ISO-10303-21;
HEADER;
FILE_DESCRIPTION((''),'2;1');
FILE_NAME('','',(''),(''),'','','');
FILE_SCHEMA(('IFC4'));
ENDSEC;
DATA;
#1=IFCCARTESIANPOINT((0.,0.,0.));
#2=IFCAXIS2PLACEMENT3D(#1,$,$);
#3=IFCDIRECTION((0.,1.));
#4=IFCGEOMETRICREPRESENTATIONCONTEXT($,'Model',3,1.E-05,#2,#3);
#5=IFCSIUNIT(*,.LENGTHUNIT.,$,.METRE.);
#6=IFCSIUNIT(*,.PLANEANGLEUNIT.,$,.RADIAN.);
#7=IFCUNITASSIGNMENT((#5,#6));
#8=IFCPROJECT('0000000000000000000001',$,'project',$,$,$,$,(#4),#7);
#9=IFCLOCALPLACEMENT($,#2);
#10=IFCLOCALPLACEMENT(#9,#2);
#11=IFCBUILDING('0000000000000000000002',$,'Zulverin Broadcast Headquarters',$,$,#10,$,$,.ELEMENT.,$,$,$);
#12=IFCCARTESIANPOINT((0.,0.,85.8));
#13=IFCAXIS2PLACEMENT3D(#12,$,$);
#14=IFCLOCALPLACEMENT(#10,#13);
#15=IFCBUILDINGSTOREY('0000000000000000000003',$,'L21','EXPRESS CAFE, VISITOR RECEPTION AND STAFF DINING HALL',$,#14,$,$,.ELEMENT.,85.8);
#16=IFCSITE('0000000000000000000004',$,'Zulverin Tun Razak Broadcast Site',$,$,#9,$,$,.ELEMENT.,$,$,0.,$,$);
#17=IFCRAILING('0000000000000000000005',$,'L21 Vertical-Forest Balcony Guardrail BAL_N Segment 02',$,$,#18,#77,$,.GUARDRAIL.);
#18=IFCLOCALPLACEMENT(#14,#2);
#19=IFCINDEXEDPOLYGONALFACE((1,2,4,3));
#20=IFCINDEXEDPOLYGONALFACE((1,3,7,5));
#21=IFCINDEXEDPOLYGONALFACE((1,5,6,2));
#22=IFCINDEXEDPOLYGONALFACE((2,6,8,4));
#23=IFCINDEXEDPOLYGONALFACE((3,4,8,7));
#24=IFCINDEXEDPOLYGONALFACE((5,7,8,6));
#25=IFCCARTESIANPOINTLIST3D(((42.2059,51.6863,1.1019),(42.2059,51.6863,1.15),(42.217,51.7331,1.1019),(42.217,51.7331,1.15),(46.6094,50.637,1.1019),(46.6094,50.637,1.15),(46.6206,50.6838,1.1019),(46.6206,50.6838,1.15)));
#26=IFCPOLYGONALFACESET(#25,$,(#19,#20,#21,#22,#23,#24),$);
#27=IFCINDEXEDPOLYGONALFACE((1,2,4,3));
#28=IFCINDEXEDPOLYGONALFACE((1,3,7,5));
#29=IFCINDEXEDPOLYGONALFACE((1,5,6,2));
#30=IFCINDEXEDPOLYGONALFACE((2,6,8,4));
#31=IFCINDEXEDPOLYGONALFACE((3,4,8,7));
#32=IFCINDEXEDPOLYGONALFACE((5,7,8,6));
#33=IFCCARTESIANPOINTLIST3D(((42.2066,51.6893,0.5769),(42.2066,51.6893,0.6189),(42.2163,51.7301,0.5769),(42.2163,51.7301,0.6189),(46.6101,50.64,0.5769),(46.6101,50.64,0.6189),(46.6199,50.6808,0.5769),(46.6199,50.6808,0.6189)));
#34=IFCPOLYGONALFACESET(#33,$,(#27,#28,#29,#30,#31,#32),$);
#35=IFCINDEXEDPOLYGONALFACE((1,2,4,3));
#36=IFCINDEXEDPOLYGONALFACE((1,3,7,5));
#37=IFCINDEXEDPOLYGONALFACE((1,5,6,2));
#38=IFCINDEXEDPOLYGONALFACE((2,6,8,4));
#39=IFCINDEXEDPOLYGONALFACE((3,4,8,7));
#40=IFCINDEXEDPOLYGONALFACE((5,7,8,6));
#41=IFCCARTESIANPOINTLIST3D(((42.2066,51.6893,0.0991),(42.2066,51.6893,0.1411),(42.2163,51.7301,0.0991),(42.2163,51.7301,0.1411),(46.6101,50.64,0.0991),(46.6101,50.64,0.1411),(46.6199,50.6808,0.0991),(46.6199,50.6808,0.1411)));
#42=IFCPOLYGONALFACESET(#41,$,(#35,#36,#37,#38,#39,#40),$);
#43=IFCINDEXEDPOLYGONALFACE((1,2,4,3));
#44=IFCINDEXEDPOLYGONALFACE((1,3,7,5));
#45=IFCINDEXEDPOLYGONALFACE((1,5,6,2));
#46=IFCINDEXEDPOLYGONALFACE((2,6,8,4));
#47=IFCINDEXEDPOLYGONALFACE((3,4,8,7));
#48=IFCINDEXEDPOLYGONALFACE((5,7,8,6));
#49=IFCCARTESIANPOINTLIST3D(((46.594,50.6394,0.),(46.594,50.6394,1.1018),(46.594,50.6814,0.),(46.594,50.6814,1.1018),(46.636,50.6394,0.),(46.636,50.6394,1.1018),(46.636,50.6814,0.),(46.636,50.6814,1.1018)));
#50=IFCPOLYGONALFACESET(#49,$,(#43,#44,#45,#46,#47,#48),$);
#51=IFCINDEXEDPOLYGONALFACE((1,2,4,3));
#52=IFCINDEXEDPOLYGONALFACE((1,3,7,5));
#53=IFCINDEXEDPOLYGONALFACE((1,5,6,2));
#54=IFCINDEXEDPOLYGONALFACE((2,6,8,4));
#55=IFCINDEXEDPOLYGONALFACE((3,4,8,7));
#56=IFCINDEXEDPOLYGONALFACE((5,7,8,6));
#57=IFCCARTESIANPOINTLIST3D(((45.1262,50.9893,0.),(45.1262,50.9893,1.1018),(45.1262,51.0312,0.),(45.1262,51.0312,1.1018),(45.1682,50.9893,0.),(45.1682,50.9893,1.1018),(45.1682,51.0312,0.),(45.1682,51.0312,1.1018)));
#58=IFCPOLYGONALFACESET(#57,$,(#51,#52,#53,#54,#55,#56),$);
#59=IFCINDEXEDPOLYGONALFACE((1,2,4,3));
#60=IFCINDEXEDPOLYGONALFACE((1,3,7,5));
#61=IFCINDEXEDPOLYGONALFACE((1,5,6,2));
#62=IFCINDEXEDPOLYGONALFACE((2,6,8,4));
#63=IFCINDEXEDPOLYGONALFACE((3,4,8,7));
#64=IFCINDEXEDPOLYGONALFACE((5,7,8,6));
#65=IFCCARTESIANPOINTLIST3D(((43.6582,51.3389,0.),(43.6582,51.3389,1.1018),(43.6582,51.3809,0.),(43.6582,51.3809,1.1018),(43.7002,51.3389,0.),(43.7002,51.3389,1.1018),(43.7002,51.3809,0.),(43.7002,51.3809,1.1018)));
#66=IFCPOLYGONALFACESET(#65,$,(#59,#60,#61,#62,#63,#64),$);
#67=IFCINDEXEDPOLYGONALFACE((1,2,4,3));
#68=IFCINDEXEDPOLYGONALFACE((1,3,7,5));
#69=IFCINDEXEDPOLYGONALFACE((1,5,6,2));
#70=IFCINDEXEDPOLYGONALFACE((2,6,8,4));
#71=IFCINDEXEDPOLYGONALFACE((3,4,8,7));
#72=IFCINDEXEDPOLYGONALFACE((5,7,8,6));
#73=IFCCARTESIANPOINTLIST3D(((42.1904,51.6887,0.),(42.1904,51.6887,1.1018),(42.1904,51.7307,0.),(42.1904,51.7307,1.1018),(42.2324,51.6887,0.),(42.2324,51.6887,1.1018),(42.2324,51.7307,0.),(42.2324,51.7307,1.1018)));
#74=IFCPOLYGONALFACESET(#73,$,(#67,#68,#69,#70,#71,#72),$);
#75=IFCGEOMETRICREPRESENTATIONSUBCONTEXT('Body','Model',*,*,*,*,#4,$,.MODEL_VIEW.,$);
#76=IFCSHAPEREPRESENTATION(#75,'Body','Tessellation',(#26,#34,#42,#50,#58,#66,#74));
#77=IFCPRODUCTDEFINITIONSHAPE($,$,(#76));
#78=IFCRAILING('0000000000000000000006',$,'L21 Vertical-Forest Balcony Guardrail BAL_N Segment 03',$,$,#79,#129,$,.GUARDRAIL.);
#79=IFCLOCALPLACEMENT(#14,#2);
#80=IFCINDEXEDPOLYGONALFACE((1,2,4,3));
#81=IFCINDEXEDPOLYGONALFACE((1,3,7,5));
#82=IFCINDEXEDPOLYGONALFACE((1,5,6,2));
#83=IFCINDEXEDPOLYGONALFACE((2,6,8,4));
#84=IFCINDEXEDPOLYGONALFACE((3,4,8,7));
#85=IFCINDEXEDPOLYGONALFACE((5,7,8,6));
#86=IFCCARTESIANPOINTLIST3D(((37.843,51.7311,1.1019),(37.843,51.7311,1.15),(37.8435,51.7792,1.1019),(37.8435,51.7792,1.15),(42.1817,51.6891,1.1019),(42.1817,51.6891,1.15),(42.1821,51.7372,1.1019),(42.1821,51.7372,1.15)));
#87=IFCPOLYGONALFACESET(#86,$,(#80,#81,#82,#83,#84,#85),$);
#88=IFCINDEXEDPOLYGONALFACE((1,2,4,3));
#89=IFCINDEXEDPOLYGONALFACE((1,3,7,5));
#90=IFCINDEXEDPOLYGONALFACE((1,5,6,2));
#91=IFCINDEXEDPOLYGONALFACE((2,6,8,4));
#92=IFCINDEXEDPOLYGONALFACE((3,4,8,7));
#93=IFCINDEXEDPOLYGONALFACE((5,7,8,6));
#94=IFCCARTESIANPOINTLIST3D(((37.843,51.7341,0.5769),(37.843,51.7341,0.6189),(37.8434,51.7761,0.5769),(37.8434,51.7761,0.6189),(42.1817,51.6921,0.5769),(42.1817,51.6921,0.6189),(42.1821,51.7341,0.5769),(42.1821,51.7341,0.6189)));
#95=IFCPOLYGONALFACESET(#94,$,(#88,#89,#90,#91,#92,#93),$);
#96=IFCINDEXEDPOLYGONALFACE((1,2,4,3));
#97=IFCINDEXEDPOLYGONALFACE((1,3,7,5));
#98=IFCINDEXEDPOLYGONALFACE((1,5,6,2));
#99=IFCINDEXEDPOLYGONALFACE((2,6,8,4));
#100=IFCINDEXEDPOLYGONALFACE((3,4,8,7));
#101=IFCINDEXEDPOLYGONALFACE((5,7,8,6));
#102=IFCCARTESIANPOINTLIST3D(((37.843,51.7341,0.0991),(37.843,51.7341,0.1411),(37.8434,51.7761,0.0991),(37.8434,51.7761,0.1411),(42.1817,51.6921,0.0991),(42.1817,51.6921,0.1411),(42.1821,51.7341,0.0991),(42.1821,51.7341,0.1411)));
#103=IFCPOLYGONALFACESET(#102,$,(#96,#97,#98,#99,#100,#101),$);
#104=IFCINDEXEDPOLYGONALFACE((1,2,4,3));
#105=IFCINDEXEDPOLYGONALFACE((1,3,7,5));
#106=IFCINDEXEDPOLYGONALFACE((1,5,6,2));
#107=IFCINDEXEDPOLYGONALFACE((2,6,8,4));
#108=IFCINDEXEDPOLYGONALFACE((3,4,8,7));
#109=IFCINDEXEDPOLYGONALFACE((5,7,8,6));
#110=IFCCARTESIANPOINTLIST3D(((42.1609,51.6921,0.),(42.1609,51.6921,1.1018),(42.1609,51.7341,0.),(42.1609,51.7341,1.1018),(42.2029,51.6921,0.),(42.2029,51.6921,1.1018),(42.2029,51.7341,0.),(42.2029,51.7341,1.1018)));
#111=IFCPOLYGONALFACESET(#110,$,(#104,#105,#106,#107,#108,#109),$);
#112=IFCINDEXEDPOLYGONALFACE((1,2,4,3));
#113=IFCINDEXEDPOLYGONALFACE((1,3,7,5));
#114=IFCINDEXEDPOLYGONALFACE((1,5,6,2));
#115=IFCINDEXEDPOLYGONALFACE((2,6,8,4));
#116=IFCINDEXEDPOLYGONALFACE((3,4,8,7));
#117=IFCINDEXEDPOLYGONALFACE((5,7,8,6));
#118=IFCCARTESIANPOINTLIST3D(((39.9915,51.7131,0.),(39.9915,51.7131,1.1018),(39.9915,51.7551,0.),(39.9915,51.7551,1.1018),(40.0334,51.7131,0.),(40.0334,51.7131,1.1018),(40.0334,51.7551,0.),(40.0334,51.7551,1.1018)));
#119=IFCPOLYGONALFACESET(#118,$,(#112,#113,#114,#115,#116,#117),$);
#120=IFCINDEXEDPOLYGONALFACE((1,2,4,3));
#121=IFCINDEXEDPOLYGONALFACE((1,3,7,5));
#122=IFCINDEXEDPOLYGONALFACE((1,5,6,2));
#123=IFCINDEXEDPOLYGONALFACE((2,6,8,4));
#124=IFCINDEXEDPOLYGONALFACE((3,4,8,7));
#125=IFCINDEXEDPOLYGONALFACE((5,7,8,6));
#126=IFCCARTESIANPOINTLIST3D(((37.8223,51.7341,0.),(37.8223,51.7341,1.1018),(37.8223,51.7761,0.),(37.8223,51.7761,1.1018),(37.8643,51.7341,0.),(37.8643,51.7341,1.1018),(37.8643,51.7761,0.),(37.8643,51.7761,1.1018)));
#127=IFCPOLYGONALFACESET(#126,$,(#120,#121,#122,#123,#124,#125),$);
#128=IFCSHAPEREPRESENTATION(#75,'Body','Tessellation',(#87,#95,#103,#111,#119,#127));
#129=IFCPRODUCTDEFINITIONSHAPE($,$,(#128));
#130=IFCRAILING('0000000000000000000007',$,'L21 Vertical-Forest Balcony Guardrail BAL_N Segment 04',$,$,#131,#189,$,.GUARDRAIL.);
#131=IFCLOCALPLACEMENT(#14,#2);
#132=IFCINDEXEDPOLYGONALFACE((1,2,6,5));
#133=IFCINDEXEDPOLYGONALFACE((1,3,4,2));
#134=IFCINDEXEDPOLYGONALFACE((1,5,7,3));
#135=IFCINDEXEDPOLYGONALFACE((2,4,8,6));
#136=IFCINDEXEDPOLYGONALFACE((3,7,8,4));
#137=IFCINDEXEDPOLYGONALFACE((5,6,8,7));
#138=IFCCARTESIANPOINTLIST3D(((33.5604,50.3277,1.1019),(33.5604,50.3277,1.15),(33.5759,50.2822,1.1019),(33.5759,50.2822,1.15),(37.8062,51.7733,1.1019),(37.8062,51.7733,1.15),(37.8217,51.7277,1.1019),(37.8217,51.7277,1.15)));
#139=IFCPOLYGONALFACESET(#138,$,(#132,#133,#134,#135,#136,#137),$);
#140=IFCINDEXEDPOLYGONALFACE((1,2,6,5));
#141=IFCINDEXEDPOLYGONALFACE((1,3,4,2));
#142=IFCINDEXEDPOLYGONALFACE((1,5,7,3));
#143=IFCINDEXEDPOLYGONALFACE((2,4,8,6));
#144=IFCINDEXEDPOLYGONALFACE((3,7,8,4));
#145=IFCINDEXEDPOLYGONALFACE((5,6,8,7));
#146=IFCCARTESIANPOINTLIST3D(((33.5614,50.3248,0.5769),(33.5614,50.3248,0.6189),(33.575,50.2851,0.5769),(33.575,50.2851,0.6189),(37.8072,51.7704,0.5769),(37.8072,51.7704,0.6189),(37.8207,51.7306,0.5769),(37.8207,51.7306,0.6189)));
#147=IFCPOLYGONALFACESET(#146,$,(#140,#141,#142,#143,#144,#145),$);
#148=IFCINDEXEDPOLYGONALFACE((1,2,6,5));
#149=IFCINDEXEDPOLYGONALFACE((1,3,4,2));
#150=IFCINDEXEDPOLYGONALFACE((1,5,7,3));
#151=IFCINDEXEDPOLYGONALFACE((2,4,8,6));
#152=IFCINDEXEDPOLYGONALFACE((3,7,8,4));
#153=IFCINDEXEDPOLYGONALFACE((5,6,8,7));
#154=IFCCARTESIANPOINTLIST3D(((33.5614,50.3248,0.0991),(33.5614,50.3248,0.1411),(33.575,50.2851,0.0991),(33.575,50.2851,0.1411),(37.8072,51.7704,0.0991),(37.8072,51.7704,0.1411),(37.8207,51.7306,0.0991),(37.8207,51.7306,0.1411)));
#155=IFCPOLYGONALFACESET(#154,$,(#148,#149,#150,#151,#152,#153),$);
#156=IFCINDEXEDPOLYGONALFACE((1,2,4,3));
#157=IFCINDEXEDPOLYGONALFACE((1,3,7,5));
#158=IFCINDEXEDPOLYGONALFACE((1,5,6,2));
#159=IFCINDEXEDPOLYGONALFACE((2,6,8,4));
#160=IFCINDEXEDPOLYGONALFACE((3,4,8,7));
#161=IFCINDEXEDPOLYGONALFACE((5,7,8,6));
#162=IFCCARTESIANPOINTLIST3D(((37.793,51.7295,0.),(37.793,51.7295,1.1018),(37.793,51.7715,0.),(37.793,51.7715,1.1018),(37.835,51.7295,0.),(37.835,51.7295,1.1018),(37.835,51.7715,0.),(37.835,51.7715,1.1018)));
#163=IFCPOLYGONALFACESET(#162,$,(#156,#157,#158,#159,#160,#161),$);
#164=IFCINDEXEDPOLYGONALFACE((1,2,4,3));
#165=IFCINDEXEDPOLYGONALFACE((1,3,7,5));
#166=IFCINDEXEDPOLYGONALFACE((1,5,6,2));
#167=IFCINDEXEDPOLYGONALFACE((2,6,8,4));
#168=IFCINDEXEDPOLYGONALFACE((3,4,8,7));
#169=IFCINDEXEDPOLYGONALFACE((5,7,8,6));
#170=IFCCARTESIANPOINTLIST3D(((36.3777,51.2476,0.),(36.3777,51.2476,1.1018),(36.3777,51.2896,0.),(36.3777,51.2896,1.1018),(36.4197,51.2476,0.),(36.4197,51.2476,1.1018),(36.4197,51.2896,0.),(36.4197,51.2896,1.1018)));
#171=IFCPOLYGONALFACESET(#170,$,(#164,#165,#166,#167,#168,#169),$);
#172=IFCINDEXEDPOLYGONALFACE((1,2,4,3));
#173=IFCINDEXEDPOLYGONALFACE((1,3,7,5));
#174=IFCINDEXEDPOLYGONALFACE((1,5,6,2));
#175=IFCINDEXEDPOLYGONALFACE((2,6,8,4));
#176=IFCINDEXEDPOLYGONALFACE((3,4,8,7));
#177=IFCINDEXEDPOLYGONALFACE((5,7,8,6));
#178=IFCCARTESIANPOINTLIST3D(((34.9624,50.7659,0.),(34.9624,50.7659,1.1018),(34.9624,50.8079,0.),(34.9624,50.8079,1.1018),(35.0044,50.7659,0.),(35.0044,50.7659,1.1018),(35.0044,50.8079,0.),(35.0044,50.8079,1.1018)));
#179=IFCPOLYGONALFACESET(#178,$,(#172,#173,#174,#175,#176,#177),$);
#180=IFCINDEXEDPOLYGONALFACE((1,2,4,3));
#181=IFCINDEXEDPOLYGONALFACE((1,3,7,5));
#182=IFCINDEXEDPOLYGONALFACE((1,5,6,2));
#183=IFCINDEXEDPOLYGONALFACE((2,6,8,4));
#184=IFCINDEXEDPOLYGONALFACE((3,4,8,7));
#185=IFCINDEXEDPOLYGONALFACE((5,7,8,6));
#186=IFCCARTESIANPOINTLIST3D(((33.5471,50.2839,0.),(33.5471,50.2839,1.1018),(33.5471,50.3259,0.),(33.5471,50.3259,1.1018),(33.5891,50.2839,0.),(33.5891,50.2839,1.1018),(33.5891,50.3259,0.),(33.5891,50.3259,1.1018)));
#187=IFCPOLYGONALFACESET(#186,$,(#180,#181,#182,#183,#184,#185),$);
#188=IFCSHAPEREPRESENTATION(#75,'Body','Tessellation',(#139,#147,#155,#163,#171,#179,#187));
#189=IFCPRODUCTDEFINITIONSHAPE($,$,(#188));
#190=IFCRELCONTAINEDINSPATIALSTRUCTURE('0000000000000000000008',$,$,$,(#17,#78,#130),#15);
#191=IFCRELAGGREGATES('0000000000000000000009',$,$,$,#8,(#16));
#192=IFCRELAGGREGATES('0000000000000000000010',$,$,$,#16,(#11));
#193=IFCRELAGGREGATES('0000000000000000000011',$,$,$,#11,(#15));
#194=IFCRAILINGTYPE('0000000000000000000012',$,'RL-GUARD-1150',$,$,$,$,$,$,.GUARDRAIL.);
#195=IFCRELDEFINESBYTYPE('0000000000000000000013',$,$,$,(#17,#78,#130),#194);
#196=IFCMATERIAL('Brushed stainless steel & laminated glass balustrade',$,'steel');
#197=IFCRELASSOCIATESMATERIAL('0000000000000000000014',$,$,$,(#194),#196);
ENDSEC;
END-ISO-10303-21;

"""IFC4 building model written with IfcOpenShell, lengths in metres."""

from ifc_helpers import new_model, si_unit, direction, frame, origin, origin_2d, place, context, subcontext, project, spatial, rectangle, extrude, material, type_object, element, save


model = new_model("IFC4")

# Units and contexts
model_context = context("Model", 3, precision=1e-05, world=origin(), true_north=direction((0.0, 1.0)))
body_context = subcontext(model_context, "Body", "Model", "MODEL_VIEW")
ifc_project = project(units=[si_unit("LENGTHUNIT", "METRE"), si_unit("PLANEANGLEUNIT", "RADIAN")], contexts=[model_context])

# Site, building, storey
site_placement = place(None, origin())
site = spatial("IfcSite", under=ifc_project, at=site_placement, Name="Zulverin Tun Razak Broadcast Site", CompositionType="ELEMENT", RefElevation=0.0)
building_placement = place(site_placement, origin())
building = spatial("IfcBuilding", under=site, at=building_placement, Name="Zulverin Broadcast Headquarters", CompositionType="ELEMENT")
storey_placement = place(building_placement, frame((0.0, 0.0, 85.8)))
storey = spatial("IfcBuildingStorey", under=building, at=storey_placement, Name="L21", Description="EXPRESS CAFE, VISITOR RECEPTION AND STAFF DINING HALL", CompositionType="ELEMENT", Elevation=85.8)

# Railings
ifc_material_1 = material(Name="Brushed stainless steel & laminated glass balustrade", Category="steel")
railing_type_1 = type_object("IfcRailingType", Name="RL-GUARD-1150", PredefinedType="GUARDRAIL", material=ifc_material_1)
railing_1_placement = place(storey_placement, frame((46.615, 50.6604, 0.0)))
element("IfcRailing", 1, at=railing_1_placement, inside=storey, type_object=railing_type_1, Name="L21 Vertical-Forest Balcony Guardrail BAL_N Segment 02", PredefinedType="GUARDRAIL", context=body_context, shape_type="SweptSolid", body=[
    extrude(rectangle(XDim=0.0481, YDim=0.0481, at=origin_2d()), frame((0.0, 0.0, 1.126), z_axis=(-0.972764, 0.231798, 0.0), x_axis=(-0.231798, -0.972764, 0.0)), (0.0, 0.0, 1.0), 4.5269),
    extrude(rectangle(XDim=0.042, YDim=0.042, at=origin_2d()), frame((0.0, 0.0, 0.5979), z_axis=(-0.972764, 0.231798, 0.0), x_axis=(-0.231798, -0.972764, 0.0)), (0.0, 0.0, 1.0), 4.5269),
    extrude(rectangle(XDim=0.042, YDim=0.042, at=origin_2d()), frame((0.0, 0.0, 0.1201), z_axis=(-0.972764, 0.231798, 0.0), x_axis=(-0.231798, -0.972764, 0.0)), (0.0, 0.0, 1.0), 4.5269),
    extrude(rectangle(XDim=0.042, YDim=0.042, at=origin_2d()), origin(), (0.0, 0.0, 1.0), 1.1018),
    extrude(rectangle(XDim=0.042, YDim=0.042, at=origin_2d()), frame((-1.4678, 0.3499, 0.0)), (0.0, 0.0, 1.0), 1.1018),
    extrude(rectangle(XDim=0.042, YDim=0.042, at=origin_2d()), frame((-2.9358, 0.6995, 0.0)), (0.0, 0.0, 1.0), 1.1018),
    extrude(rectangle(XDim=0.042, YDim=0.042, at=origin_2d()), frame((-4.4036, 1.0493, 0.0)), (0.0, 0.0, 1.0), 1.1018),
])
railing_2_placement = place(storey_placement, frame((42.1819, 51.7131, 0.0)))
element("IfcRailing", 2, at=railing_2_placement, inside=storey, type_object=railing_type_1, Name="L21 Vertical-Forest Balcony Guardrail BAL_N Segment 03", PredefinedType="GUARDRAIL", context=body_context, shape_type="SweptSolid", body=[
    extrude(rectangle(XDim=0.0481, YDim=0.0481, at=origin_2d()), frame((0.0, 0.0, 1.126), z_axis=(-0.999953, 0.009678, 0.0), x_axis=(-0.009678, -0.999953, 0.0)), (0.0, 0.0, 1.0), 4.3389),
    extrude(rectangle(XDim=0.042, YDim=0.042, at=origin_2d()), frame((0.0, 0.0, 0.5979), z_axis=(-0.999953, 0.009678, 0.0), x_axis=(-0.009678, -0.999953, 0.0)), (0.0, 0.0, 1.0), 4.3389),
    extrude(rectangle(XDim=0.042, YDim=0.042, at=origin_2d()), frame((0.0, 0.0, 0.1201), z_axis=(-0.999953, 0.009678, 0.0), x_axis=(-0.009678, -0.999953, 0.0)), (0.0, 0.0, 1.0), 4.3389),
    extrude(rectangle(XDim=0.042, YDim=0.042, at=origin_2d()), origin(), (0.0, 0.0, 1.0), 1.1018),
    extrude(rectangle(XDim=0.042, YDim=0.042, at=origin_2d()), frame((-2.1694, 0.021, 0.0)), (0.0, 0.0, 1.0), 1.1018),
    extrude(rectangle(XDim=0.042, YDim=0.042, at=origin_2d()), frame((-4.3386, 0.042, 0.0)), (0.0, 0.0, 1.0), 1.1018),
])
railing_3_placement = place(storey_placement, frame((37.814, 51.7505, 0.0)))
element("IfcRailing", 3, at=railing_3_placement, inside=storey, type_object=railing_type_1, Name="L21 Vertical-Forest Balcony Guardrail BAL_N Segment 04", PredefinedType="GUARDRAIL", context=body_context, shape_type="SweptSolid", body=[
    extrude(rectangle(XDim=0.0481, YDim=0.0481, at=origin_2d()), frame((0.0, 0.0, 1.126), z_axis=(-0.946639, -0.322296, 0.0), x_axis=(0.322296, -0.946639, 0.0)), (0.0, 0.0, 1.0), 4.4851),
    extrude(rectangle(XDim=0.042, YDim=0.042, at=origin_2d()), frame((0.0, 0.0, 0.5979), z_axis=(-0.946639, -0.322296, 0.0), x_axis=(0.322296, -0.946639, 0.0)), (0.0, 0.0, 1.0), 4.4851),
    extrude(rectangle(XDim=0.042, YDim=0.042, at=origin_2d()), frame((0.0, 0.0, 0.1201), z_axis=(-0.946639, -0.322296, 0.0), x_axis=(0.322296, -0.946639, 0.0)), (0.0, 0.0, 1.0), 4.4851),
    extrude(rectangle(XDim=0.042, YDim=0.042, at=origin_2d()), origin(), (0.0, 0.0, 1.0), 1.1018),
    extrude(rectangle(XDim=0.042, YDim=0.042, at=origin_2d()), frame((-1.4153, -0.4819, 0.0)), (0.0, 0.0, 1.0), 1.1018),
    extrude(rectangle(XDim=0.042, YDim=0.042, at=origin_2d()), frame((-2.8306, -0.9636, 0.0)), (0.0, 0.0, 1.0), 1.1018),
    extrude(rectangle(XDim=0.042, YDim=0.042, at=origin_2d()), frame((-4.2458, -1.4456, 0.0)), (0.0, 0.0, 1.0), 1.1018),
])

save(model, "model.ifc")
